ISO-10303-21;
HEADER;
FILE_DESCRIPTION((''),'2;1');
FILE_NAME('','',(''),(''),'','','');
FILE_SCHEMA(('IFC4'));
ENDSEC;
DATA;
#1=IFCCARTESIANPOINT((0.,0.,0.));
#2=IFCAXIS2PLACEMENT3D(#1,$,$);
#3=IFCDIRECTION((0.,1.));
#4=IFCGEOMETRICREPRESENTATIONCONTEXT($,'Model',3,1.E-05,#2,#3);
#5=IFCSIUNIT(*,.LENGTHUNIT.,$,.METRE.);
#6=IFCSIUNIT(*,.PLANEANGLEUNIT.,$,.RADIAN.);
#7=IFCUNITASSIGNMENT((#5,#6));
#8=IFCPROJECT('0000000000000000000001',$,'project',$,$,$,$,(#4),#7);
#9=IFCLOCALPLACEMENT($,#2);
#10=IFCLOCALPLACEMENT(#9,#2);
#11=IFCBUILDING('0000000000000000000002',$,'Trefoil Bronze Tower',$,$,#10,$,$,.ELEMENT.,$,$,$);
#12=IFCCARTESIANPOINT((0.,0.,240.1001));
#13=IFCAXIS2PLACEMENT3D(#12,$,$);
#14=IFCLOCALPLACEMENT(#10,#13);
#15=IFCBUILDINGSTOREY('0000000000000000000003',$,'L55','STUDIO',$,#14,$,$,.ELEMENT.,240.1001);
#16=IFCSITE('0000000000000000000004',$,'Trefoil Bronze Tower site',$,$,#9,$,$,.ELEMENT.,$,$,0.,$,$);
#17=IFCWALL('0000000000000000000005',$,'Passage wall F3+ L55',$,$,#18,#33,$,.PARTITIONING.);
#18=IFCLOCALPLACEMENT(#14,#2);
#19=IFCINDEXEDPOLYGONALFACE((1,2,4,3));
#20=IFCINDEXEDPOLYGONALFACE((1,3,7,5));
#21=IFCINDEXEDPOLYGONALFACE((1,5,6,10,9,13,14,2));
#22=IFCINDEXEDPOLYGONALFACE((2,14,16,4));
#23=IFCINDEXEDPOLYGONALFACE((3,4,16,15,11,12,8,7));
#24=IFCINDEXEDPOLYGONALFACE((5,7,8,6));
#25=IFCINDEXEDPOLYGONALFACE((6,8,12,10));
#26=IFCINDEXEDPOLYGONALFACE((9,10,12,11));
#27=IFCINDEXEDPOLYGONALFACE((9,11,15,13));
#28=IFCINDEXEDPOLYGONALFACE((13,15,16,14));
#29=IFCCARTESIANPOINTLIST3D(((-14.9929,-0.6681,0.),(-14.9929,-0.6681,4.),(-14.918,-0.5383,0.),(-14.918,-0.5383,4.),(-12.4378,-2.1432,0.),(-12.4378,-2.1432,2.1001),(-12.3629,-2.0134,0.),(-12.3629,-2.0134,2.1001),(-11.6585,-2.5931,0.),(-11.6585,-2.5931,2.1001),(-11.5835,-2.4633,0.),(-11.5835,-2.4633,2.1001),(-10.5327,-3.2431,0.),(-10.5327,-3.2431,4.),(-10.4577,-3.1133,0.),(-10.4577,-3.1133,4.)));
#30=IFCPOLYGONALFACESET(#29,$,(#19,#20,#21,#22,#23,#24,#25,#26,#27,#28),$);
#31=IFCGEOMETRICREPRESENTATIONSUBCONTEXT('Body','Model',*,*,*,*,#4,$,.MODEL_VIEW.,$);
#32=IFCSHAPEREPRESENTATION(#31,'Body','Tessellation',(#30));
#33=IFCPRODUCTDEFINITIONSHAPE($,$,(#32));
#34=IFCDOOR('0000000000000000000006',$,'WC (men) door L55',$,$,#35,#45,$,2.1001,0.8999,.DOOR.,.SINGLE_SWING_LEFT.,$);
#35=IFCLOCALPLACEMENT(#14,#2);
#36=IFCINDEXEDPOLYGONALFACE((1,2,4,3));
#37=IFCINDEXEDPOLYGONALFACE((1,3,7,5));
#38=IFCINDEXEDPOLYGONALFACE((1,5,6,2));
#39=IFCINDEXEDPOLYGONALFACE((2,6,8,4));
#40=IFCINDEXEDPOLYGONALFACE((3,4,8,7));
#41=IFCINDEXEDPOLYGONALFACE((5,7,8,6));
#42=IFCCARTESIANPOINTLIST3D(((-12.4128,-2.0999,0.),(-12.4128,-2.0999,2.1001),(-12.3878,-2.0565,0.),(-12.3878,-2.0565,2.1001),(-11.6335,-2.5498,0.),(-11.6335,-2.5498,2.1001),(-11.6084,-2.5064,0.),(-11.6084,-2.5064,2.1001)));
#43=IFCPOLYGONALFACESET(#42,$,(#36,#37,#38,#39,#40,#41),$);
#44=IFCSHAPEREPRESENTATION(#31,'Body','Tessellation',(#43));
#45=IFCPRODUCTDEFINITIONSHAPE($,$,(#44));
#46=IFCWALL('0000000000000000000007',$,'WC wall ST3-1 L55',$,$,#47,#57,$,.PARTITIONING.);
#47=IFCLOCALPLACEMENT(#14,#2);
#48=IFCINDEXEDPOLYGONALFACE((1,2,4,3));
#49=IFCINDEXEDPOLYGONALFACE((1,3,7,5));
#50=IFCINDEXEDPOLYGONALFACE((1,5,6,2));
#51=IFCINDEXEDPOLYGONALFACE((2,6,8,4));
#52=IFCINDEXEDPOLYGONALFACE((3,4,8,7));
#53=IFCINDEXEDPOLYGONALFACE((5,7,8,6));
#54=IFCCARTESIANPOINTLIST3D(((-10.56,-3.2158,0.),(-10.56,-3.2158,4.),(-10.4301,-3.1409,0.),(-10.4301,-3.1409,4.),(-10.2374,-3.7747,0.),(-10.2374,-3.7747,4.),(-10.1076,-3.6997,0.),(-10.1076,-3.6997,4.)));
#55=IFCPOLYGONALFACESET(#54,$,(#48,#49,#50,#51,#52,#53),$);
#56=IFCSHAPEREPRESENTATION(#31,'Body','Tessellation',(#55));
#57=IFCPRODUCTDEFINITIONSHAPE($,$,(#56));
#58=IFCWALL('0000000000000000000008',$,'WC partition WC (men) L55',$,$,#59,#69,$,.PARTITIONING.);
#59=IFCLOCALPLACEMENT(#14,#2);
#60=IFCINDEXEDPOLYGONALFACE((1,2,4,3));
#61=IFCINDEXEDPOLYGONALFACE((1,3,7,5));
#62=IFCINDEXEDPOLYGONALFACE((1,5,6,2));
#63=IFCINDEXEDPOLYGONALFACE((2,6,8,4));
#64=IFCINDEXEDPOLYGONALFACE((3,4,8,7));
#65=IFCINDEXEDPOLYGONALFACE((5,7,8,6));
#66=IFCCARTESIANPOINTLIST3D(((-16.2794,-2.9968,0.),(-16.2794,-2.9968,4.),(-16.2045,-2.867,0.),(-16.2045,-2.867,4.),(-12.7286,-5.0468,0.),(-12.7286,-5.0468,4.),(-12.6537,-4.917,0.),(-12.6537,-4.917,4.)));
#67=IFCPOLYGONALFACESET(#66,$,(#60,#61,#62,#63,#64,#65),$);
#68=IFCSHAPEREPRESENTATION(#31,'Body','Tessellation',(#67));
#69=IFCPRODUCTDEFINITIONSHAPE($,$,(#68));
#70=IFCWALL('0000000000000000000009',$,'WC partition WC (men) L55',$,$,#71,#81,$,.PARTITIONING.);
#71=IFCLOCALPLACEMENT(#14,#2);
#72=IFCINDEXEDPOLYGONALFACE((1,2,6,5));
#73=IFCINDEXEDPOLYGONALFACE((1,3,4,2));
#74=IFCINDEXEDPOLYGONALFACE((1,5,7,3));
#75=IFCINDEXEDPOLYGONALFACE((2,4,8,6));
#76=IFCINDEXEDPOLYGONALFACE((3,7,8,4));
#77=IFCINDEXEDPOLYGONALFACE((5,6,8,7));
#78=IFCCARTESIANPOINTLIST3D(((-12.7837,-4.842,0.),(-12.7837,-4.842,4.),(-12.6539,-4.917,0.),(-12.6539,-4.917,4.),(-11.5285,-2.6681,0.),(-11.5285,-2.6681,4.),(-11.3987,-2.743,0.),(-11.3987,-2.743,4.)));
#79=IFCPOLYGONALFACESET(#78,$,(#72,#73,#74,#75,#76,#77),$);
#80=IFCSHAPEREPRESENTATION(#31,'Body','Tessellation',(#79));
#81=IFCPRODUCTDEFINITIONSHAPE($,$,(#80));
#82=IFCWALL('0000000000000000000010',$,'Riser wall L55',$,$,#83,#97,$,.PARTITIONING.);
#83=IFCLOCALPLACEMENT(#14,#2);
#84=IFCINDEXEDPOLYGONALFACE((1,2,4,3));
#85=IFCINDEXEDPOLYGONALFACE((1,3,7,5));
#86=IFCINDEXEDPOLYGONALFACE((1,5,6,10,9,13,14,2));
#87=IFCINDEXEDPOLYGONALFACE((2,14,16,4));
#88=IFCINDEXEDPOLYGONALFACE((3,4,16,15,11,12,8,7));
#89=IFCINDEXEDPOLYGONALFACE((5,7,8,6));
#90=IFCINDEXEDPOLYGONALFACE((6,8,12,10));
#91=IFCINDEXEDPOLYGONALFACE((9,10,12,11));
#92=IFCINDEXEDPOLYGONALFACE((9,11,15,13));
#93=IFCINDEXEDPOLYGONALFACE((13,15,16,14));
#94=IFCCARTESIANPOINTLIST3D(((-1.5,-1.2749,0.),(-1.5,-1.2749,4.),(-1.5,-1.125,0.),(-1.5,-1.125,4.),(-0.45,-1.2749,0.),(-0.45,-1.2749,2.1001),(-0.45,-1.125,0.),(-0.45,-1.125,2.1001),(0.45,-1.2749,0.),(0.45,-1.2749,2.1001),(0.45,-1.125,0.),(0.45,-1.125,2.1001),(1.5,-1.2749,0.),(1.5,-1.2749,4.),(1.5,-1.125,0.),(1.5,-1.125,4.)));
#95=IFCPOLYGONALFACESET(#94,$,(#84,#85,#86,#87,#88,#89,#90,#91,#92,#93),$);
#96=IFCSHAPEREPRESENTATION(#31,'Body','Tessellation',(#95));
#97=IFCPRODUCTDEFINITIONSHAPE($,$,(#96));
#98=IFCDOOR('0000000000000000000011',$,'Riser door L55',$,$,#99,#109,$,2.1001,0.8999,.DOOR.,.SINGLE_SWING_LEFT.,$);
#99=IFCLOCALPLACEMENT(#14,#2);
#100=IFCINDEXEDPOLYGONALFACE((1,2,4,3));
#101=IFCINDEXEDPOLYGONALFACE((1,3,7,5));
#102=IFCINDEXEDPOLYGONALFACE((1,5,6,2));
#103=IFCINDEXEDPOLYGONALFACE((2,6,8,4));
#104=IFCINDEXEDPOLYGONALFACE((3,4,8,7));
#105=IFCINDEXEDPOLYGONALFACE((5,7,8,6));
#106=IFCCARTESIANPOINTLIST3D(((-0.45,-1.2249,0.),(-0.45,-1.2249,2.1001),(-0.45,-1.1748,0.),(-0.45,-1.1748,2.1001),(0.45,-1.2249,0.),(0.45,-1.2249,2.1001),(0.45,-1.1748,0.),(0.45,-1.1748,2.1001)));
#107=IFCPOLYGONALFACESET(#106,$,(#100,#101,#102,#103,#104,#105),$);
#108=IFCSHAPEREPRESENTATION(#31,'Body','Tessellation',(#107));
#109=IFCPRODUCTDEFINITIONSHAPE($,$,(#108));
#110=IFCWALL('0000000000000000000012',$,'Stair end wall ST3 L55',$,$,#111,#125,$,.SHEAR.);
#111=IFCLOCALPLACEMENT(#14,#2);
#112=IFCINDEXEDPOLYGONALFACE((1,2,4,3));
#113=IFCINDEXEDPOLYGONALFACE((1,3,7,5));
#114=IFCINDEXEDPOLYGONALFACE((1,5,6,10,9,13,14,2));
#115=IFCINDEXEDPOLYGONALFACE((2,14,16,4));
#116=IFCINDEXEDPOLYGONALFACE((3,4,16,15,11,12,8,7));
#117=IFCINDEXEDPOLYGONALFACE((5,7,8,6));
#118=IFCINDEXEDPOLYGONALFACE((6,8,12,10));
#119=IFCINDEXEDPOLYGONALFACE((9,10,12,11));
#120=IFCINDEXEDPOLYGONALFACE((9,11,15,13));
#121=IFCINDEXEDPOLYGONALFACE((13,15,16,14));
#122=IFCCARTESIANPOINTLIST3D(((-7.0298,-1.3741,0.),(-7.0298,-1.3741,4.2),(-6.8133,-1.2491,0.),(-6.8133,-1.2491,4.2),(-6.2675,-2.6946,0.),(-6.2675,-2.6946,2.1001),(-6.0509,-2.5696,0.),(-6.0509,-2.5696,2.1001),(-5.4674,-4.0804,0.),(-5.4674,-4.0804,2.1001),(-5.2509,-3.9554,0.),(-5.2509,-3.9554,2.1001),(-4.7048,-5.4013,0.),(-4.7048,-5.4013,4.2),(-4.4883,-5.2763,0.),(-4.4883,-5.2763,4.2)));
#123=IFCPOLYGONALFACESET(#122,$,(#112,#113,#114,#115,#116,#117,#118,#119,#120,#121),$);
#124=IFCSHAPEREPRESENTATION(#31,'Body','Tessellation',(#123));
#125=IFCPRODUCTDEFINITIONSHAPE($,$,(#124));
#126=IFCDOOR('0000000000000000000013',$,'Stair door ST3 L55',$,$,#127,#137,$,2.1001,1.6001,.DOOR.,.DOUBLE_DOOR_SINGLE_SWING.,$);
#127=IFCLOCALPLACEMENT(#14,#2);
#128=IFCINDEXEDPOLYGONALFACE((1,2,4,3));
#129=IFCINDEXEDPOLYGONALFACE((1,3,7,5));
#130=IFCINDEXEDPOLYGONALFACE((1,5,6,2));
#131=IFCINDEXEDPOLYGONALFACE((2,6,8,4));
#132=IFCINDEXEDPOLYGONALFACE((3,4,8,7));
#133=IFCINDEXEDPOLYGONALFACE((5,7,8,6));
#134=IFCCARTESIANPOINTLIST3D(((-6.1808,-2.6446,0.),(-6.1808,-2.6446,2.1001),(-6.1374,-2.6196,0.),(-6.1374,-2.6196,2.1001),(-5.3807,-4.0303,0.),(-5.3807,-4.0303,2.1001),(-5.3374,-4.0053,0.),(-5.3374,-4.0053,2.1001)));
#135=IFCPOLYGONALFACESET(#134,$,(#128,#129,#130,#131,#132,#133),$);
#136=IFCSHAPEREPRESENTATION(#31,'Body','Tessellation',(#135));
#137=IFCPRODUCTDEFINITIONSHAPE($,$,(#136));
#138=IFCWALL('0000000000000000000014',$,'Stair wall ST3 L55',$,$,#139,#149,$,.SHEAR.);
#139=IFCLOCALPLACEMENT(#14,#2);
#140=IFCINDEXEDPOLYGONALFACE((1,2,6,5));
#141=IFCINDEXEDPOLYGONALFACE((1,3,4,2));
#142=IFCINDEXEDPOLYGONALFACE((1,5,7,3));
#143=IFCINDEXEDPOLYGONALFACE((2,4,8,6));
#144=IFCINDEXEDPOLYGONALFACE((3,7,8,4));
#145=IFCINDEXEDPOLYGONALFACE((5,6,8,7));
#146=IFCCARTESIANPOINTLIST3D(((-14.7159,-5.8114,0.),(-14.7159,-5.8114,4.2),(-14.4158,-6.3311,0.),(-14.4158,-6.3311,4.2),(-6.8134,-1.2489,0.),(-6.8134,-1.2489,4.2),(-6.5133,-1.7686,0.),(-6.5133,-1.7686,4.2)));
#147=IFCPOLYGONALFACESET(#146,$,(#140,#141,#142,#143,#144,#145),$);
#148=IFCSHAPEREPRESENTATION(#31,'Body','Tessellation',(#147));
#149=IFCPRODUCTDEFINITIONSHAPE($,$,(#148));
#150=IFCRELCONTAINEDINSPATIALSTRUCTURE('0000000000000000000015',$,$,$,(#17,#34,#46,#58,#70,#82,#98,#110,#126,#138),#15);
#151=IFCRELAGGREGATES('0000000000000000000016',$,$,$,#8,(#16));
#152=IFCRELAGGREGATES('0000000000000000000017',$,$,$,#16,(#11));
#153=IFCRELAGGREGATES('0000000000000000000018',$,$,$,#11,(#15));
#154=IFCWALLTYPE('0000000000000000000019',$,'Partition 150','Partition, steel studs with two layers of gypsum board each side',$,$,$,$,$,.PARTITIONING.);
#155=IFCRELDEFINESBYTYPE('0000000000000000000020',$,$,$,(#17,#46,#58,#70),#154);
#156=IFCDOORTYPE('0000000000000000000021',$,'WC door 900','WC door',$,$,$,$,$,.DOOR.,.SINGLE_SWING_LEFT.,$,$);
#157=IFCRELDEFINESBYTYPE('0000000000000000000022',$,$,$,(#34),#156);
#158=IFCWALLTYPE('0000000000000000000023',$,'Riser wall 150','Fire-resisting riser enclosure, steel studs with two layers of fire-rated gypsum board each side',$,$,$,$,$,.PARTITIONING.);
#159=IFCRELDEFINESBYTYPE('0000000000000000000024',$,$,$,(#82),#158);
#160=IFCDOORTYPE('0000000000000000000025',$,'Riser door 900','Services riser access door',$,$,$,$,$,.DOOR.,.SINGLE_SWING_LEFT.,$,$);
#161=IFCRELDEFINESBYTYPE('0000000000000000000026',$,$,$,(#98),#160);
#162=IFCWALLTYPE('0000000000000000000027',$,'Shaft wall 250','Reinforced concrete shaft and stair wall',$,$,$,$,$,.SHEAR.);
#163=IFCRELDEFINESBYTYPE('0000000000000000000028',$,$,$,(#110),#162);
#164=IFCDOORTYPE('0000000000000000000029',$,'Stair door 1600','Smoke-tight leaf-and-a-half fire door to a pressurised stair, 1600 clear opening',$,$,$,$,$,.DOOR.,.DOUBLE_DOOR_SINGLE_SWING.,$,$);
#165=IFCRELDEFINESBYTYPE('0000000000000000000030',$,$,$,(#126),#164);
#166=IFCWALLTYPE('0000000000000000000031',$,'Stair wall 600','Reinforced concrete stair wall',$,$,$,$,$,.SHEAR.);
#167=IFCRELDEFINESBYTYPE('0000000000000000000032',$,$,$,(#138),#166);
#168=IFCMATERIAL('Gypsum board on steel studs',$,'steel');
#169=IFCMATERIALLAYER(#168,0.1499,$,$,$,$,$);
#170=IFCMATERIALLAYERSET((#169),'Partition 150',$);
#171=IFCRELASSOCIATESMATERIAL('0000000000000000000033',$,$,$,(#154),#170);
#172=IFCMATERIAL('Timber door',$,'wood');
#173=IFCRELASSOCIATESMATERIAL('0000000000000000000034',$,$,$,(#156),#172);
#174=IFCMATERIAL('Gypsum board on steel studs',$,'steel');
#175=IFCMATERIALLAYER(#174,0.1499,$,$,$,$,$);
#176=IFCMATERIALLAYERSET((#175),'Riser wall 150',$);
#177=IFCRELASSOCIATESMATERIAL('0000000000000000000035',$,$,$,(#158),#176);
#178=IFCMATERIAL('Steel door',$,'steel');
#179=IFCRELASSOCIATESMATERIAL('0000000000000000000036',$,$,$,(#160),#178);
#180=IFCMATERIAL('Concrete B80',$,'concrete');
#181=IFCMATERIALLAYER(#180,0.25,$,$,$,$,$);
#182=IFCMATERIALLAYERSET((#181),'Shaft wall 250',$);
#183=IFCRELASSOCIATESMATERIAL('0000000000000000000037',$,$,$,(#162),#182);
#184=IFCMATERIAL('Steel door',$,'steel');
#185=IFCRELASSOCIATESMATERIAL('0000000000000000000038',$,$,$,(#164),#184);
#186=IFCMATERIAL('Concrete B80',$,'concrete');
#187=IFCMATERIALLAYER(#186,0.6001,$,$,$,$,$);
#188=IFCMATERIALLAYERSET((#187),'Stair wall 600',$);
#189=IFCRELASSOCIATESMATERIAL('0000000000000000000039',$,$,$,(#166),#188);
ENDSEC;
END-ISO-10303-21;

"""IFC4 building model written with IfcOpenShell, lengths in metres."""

from ifc_helpers import new_model, si_unit, direction, frame, frame_2d, origin, place, context, subcontext, project, spatial, rectangle, extrude, material, layer, layer_set, type_object, element, fill, save


model = new_model("IFC4")

# Units and contexts
model_context = context("Model", 3, precision=1e-05, world=origin(), true_north=direction((0.0, 1.0)))
body_context = subcontext(model_context, "Body", "Model", "MODEL_VIEW")
ifc_project = project(units=[si_unit("LENGTHUNIT", "METRE"), si_unit("PLANEANGLEUNIT", "RADIAN")], contexts=[model_context])

# Site, building, storey
site_placement = place(None, origin())
site = spatial("IfcSite", under=ifc_project, at=site_placement, Name="Trefoil Bronze Tower site", CompositionType="ELEMENT", RefElevation=0.0)
building_placement = place(site_placement, origin())
building = spatial("IfcBuilding", under=site, at=building_placement, Name="Trefoil Bronze Tower", CompositionType="ELEMENT")
storey_placement = place(building_placement, frame((0.0, 0.0, 240.1001)))
storey = spatial("IfcBuildingStorey", under=building, at=storey_placement, Name="L55", Description="STUDIO", CompositionType="ELEMENT", Elevation=240.1001)

# Wall, opening, door
ifc_material_1 = material(Name="Gypsum board on steel studs", Category="steel")
ifc_layer_1 = layer(ifc_material_1, 0.1499)
ifc_layer_set_1 = layer_set([ifc_layer_1], Name="Partition 150")
wall_type_1 = type_object("IfcWallType", Name="Partition 150", Description="Partition, steel studs with two layers of gypsum board each side", PredefinedType="PARTITIONING", material=ifc_layer_set_1)
wall_1_placement = place(storey_placement, frame((-10.4951, -3.1782, 0.0), z_axis=(0.0, 0.0, 1.0), x_axis=(-0.866038, 0.499978, 0.0)))
wall_1 = element("IfcWall", 1, at=wall_1_placement, inside=storey, type_object=wall_type_1, Name="Passage wall F3+ L55", PredefinedType="PARTITIONING", context=body_context, shape_type="SweptSolid", body=[
    extrude(rectangle(XDim=5.1501, YDim=0.1499, at=frame_2d((2.5752, 0.0))), origin(), (0.0, 0.0, 1.0), 4.0),
])
opening_1_placement = place(wall_1_placement, frame((1.3, 0.0, 0.0)))
opening_1 = element("IfcOpeningElement", 2, at=opening_1_placement, cuts=wall_1, PredefinedType="OPENING", context=body_context, shape_type="SweptSolid", body=[
    extrude(rectangle(XDim=0.8999, YDim=2.1001, at=frame_2d((0.45, 1.05))), frame((0.0, 0.085, 0.0), z_axis=(0.0, -1.0, 0.0), x_axis=(1.0, 0.0, 0.0)), (0.0, 0.0, 1.0), 0.1699),
])
ifc_material_2 = material(Name="Timber door", Category="wood")
door_type_1 = type_object("IfcDoorType", Name="WC door 900", Description="WC door", OperationType="SINGLE_SWING_LEFT", PredefinedType="DOOR", material=ifc_material_2)
door_1_placement = place(opening_1_placement, origin())
door_1 = element("IfcDoor", 3, at=door_1_placement, inside=storey, type_object=door_type_1, Name="WC (men) door L55", OperationType="SINGLE_SWING_LEFT", OverallHeight=2.1001, OverallWidth=0.8999, PredefinedType="DOOR", context=body_context, shape_type="SweptSolid", body=[
    extrude(rectangle(XDim=0.8999, YDim=2.1001, at=frame_2d((0.45, 1.05))), frame((0.0, 0.0249, 0.0), z_axis=(0.0, -1.0, 0.0), x_axis=(1.0, 0.0, 0.0)), (0.0, 0.0, 1.0), 0.05),
])
fill(opening_1, door_1)

# Walls
wall_2_placement = place(storey_placement, frame((-10.4951, -3.1782, 0.0), z_axis=(0.0, 0.0, 1.0), x_axis=(0.499843, -0.866116, 0.0)))
element("IfcWall", 4, at=wall_2_placement, inside=storey, type_object=wall_type_1, Name="WC wall ST3-1 L55", PredefinedType="PARTITIONING", context=body_context, shape_type="SweptSolid", body=[
    extrude(rectangle(XDim=0.6453, YDim=0.1499, at=frame_2d((0.3228, 0.0))), origin(), (0.0, 0.0, 1.0), 4.0),
])
wall_3_placement = place(storey_placement, frame((-12.6912, -4.9819, 0.0), z_axis=(0.0, 0.0, 1.0), x_axis=(-0.866025, 0.500001, 0.0)))
element("IfcWall", 5, at=wall_3_placement, inside=storey, type_object=wall_type_1, Name="WC partition WC (men) L55", PredefinedType="PARTITIONING", context=body_context, shape_type="SweptSolid", body=[
    extrude(rectangle(XDim=4.1001, YDim=0.1499, at=frame_2d((2.05, 0.0))), origin(), (0.0, 0.0, 1.0), 4.0),
])
wall_4_placement = place(storey_placement, frame((-11.4636, -2.7056, 0.0), z_axis=(0.0, 0.0, 1.0), x_axis=(-0.50002, -0.866014, 0.0)))
element("IfcWall", 6, at=wall_4_placement, inside=storey, type_object=wall_type_1, Name="WC partition WC (men) L55", PredefinedType="PARTITIONING", context=body_context, shape_type="SweptSolid", body=[
    extrude(rectangle(XDim=2.5103, YDim=0.1499, at=frame_2d((1.2551, 0.0))), origin(), (0.0, 0.0, 1.0), 4.0),
])

# Walls, openings, doors
ifc_material_3 = material(Name="Gypsum board on steel studs", Category="steel")
ifc_layer_2 = layer(ifc_material_3, 0.1499)
ifc_layer_set_2 = layer_set([ifc_layer_2], Name="Riser wall 150")
wall_type_2 = type_object("IfcWallType", Name="Riser wall 150", Description="Fire-resisting riser enclosure, steel studs with two layers of fire-rated gypsum board each side", PredefinedType="PARTITIONING", material=ifc_layer_set_2)
wall_5_placement = place(storey_placement, frame((-1.5, -1.2, 0.0), z_axis=(0.0, 0.0, 1.0), x_axis=(1.0, 0.0, 0.0)))
wall_5 = element("IfcWall", 7, at=wall_5_placement, inside=storey, type_object=wall_type_2, Name="Riser wall L55", PredefinedType="PARTITIONING", context=body_context, shape_type="SweptSolid", body=[
    extrude(rectangle(XDim=3.0, YDim=0.1499, at=frame_2d((1.5, 0.0))), origin(), (0.0, 0.0, 1.0), 4.0),
])
opening_2_placement = place(wall_5_placement, frame((1.05, 0.0, 0.0)))
opening_2 = element("IfcOpeningElement", 8, at=opening_2_placement, cuts=wall_5, PredefinedType="OPENING", context=body_context, shape_type="SweptSolid", body=[
    extrude(rectangle(XDim=0.8999, YDim=2.1001, at=frame_2d((0.45, 1.05))), frame((0.0, 0.085, 0.0), z_axis=(0.0, -1.0, 0.0), x_axis=(1.0, 0.0, 0.0)), (0.0, 0.0, 1.0), 0.1699),
])
ifc_material_4 = material(Name="Steel door", Category="steel")
door_type_2 = type_object("IfcDoorType", Name="Riser door 900", Description="Services riser access door", OperationType="SINGLE_SWING_LEFT", PredefinedType="DOOR", material=ifc_material_4)
door_2_placement = place(opening_2_placement, frame((0.8999, 0.0, 0.0), z_axis=(0.0, 0.0, 1.0), x_axis=(-1.0, 0.0, 0.0)))
door_2 = element("IfcDoor", 9, at=door_2_placement, inside=storey, type_object=door_type_2, Name="Riser door L55", OperationType="SINGLE_SWING_LEFT", OverallHeight=2.1001, OverallWidth=0.8999, PredefinedType="DOOR", context=body_context, shape_type="SweptSolid", body=[
    extrude(rectangle(XDim=0.8999, YDim=2.1001, at=frame_2d((0.45, 1.05))), frame((0.0, 0.0249, 0.0), z_axis=(0.0, -1.0, 0.0), x_axis=(1.0, 0.0, 0.0)), (0.0, 0.0, 1.0), 0.05),
])
fill(opening_2, door_2)
ifc_material_5 = material(Name="Concrete B80", Category="concrete")
ifc_layer_3 = layer(ifc_material_5, 0.25)
ifc_layer_set_3 = layer_set([ifc_layer_3], Name="Shaft wall 250")
wall_type_3 = type_object("IfcWallType", Name="Shaft wall 250", Description="Reinforced concrete shaft and stair wall", PredefinedType="SHEAR", material=ifc_layer_set_3)
wall_6_placement = place(storey_placement, frame((-6.9216, -1.3115, 0.0), z_axis=(0.0, 0.0, 1.0), x_axis=(0.499985, -0.866034, 0.0)))
wall_6 = element("IfcWall", 10, at=wall_6_placement, inside=storey, type_object=wall_type_3, Name="Stair end wall ST3 L55", PredefinedType="SHEAR", context=body_context, shape_type="SweptSolid", body=[
    extrude(rectangle(XDim=4.6501, YDim=0.25, at=frame_2d((2.3252, 0.0))), origin(), (0.0, 0.0, 1.0), 4.2),
])
opening_3_placement = place(wall_6_placement, frame((1.5249, 0.0, 0.0)))
opening_3 = element("IfcOpeningElement", 11, at=opening_3_placement, cuts=wall_6, PredefinedType="OPENING", context=body_context, shape_type="SweptSolid", body=[
    extrude(rectangle(XDim=1.6001, YDim=2.1001, at=frame_2d((0.8, 1.05))), frame((0.0, 0.135, 0.0), z_axis=(0.0, -1.0, 0.0), x_axis=(1.0, 0.0, 0.0)), (0.0, 0.0, 1.0), 0.27),
])
ifc_material_6 = material(Name="Steel door", Category="steel")
door_type_3 = type_object("IfcDoorType", Name="Stair door 1600", Description="Smoke-tight leaf-and-a-half fire door to a pressurised stair, 1600 clear opening", OperationType="DOUBLE_DOOR_SINGLE_SWING", PredefinedType="DOOR", material=ifc_material_6)
door_3_placement = place(opening_3_placement, frame((1.6001, 0.0, 0.0), z_axis=(0.0, 0.0, 1.0), x_axis=(-1.0, 0.0, 0.0)))
door_3 = element("IfcDoor", 12, at=door_3_placement, inside=storey, type_object=door_type_3, Name="Stair door ST3 L55", OperationType="DOUBLE_DOOR_SINGLE_SWING", OverallHeight=2.1001, OverallWidth=1.6001, PredefinedType="DOOR", context=body_context, shape_type="SweptSolid", body=[
    extrude(rectangle(XDim=1.6001, YDim=2.1001, at=frame_2d((0.8, 1.05))), frame((0.0, 0.0249, 0.0), z_axis=(0.0, -1.0, 0.0), x_axis=(1.0, 0.0, 0.0)), (0.0, 0.0, 1.0), 0.05),
])
fill(opening_3, door_3)

# Wall
ifc_material_7 = material(Name="Concrete B80", Category="concrete")
ifc_layer_4 = layer(ifc_material_7, 0.6001)
ifc_layer_set_4 = layer_set([ifc_layer_4], Name="Stair wall 600")
wall_type_4 = type_object("IfcWallType", Name="Stair wall 600", Description="Reinforced concrete stair wall", PredefinedType="SHEAR", material=ifc_layer_set_4)
wall_7_placement = place(storey_placement, frame((-6.6633, -1.5088, 0.0), z_axis=(0.0, 0.0, 1.0), x_axis=(-0.866028, -0.499995, 0.0)))
element("IfcWall", 13, at=wall_7_placement, inside=storey, type_object=wall_type_4, Name="Stair wall ST3 L55", PredefinedType="SHEAR", context=body_context, shape_type="SweptSolid", body=[
    extrude(rectangle(XDim=9.125, YDim=0.6001, at=frame_2d((4.5625, 0.0))), origin(), (0.0, 0.0, 1.0), 4.2),
])

save(model, "model.ifc")
